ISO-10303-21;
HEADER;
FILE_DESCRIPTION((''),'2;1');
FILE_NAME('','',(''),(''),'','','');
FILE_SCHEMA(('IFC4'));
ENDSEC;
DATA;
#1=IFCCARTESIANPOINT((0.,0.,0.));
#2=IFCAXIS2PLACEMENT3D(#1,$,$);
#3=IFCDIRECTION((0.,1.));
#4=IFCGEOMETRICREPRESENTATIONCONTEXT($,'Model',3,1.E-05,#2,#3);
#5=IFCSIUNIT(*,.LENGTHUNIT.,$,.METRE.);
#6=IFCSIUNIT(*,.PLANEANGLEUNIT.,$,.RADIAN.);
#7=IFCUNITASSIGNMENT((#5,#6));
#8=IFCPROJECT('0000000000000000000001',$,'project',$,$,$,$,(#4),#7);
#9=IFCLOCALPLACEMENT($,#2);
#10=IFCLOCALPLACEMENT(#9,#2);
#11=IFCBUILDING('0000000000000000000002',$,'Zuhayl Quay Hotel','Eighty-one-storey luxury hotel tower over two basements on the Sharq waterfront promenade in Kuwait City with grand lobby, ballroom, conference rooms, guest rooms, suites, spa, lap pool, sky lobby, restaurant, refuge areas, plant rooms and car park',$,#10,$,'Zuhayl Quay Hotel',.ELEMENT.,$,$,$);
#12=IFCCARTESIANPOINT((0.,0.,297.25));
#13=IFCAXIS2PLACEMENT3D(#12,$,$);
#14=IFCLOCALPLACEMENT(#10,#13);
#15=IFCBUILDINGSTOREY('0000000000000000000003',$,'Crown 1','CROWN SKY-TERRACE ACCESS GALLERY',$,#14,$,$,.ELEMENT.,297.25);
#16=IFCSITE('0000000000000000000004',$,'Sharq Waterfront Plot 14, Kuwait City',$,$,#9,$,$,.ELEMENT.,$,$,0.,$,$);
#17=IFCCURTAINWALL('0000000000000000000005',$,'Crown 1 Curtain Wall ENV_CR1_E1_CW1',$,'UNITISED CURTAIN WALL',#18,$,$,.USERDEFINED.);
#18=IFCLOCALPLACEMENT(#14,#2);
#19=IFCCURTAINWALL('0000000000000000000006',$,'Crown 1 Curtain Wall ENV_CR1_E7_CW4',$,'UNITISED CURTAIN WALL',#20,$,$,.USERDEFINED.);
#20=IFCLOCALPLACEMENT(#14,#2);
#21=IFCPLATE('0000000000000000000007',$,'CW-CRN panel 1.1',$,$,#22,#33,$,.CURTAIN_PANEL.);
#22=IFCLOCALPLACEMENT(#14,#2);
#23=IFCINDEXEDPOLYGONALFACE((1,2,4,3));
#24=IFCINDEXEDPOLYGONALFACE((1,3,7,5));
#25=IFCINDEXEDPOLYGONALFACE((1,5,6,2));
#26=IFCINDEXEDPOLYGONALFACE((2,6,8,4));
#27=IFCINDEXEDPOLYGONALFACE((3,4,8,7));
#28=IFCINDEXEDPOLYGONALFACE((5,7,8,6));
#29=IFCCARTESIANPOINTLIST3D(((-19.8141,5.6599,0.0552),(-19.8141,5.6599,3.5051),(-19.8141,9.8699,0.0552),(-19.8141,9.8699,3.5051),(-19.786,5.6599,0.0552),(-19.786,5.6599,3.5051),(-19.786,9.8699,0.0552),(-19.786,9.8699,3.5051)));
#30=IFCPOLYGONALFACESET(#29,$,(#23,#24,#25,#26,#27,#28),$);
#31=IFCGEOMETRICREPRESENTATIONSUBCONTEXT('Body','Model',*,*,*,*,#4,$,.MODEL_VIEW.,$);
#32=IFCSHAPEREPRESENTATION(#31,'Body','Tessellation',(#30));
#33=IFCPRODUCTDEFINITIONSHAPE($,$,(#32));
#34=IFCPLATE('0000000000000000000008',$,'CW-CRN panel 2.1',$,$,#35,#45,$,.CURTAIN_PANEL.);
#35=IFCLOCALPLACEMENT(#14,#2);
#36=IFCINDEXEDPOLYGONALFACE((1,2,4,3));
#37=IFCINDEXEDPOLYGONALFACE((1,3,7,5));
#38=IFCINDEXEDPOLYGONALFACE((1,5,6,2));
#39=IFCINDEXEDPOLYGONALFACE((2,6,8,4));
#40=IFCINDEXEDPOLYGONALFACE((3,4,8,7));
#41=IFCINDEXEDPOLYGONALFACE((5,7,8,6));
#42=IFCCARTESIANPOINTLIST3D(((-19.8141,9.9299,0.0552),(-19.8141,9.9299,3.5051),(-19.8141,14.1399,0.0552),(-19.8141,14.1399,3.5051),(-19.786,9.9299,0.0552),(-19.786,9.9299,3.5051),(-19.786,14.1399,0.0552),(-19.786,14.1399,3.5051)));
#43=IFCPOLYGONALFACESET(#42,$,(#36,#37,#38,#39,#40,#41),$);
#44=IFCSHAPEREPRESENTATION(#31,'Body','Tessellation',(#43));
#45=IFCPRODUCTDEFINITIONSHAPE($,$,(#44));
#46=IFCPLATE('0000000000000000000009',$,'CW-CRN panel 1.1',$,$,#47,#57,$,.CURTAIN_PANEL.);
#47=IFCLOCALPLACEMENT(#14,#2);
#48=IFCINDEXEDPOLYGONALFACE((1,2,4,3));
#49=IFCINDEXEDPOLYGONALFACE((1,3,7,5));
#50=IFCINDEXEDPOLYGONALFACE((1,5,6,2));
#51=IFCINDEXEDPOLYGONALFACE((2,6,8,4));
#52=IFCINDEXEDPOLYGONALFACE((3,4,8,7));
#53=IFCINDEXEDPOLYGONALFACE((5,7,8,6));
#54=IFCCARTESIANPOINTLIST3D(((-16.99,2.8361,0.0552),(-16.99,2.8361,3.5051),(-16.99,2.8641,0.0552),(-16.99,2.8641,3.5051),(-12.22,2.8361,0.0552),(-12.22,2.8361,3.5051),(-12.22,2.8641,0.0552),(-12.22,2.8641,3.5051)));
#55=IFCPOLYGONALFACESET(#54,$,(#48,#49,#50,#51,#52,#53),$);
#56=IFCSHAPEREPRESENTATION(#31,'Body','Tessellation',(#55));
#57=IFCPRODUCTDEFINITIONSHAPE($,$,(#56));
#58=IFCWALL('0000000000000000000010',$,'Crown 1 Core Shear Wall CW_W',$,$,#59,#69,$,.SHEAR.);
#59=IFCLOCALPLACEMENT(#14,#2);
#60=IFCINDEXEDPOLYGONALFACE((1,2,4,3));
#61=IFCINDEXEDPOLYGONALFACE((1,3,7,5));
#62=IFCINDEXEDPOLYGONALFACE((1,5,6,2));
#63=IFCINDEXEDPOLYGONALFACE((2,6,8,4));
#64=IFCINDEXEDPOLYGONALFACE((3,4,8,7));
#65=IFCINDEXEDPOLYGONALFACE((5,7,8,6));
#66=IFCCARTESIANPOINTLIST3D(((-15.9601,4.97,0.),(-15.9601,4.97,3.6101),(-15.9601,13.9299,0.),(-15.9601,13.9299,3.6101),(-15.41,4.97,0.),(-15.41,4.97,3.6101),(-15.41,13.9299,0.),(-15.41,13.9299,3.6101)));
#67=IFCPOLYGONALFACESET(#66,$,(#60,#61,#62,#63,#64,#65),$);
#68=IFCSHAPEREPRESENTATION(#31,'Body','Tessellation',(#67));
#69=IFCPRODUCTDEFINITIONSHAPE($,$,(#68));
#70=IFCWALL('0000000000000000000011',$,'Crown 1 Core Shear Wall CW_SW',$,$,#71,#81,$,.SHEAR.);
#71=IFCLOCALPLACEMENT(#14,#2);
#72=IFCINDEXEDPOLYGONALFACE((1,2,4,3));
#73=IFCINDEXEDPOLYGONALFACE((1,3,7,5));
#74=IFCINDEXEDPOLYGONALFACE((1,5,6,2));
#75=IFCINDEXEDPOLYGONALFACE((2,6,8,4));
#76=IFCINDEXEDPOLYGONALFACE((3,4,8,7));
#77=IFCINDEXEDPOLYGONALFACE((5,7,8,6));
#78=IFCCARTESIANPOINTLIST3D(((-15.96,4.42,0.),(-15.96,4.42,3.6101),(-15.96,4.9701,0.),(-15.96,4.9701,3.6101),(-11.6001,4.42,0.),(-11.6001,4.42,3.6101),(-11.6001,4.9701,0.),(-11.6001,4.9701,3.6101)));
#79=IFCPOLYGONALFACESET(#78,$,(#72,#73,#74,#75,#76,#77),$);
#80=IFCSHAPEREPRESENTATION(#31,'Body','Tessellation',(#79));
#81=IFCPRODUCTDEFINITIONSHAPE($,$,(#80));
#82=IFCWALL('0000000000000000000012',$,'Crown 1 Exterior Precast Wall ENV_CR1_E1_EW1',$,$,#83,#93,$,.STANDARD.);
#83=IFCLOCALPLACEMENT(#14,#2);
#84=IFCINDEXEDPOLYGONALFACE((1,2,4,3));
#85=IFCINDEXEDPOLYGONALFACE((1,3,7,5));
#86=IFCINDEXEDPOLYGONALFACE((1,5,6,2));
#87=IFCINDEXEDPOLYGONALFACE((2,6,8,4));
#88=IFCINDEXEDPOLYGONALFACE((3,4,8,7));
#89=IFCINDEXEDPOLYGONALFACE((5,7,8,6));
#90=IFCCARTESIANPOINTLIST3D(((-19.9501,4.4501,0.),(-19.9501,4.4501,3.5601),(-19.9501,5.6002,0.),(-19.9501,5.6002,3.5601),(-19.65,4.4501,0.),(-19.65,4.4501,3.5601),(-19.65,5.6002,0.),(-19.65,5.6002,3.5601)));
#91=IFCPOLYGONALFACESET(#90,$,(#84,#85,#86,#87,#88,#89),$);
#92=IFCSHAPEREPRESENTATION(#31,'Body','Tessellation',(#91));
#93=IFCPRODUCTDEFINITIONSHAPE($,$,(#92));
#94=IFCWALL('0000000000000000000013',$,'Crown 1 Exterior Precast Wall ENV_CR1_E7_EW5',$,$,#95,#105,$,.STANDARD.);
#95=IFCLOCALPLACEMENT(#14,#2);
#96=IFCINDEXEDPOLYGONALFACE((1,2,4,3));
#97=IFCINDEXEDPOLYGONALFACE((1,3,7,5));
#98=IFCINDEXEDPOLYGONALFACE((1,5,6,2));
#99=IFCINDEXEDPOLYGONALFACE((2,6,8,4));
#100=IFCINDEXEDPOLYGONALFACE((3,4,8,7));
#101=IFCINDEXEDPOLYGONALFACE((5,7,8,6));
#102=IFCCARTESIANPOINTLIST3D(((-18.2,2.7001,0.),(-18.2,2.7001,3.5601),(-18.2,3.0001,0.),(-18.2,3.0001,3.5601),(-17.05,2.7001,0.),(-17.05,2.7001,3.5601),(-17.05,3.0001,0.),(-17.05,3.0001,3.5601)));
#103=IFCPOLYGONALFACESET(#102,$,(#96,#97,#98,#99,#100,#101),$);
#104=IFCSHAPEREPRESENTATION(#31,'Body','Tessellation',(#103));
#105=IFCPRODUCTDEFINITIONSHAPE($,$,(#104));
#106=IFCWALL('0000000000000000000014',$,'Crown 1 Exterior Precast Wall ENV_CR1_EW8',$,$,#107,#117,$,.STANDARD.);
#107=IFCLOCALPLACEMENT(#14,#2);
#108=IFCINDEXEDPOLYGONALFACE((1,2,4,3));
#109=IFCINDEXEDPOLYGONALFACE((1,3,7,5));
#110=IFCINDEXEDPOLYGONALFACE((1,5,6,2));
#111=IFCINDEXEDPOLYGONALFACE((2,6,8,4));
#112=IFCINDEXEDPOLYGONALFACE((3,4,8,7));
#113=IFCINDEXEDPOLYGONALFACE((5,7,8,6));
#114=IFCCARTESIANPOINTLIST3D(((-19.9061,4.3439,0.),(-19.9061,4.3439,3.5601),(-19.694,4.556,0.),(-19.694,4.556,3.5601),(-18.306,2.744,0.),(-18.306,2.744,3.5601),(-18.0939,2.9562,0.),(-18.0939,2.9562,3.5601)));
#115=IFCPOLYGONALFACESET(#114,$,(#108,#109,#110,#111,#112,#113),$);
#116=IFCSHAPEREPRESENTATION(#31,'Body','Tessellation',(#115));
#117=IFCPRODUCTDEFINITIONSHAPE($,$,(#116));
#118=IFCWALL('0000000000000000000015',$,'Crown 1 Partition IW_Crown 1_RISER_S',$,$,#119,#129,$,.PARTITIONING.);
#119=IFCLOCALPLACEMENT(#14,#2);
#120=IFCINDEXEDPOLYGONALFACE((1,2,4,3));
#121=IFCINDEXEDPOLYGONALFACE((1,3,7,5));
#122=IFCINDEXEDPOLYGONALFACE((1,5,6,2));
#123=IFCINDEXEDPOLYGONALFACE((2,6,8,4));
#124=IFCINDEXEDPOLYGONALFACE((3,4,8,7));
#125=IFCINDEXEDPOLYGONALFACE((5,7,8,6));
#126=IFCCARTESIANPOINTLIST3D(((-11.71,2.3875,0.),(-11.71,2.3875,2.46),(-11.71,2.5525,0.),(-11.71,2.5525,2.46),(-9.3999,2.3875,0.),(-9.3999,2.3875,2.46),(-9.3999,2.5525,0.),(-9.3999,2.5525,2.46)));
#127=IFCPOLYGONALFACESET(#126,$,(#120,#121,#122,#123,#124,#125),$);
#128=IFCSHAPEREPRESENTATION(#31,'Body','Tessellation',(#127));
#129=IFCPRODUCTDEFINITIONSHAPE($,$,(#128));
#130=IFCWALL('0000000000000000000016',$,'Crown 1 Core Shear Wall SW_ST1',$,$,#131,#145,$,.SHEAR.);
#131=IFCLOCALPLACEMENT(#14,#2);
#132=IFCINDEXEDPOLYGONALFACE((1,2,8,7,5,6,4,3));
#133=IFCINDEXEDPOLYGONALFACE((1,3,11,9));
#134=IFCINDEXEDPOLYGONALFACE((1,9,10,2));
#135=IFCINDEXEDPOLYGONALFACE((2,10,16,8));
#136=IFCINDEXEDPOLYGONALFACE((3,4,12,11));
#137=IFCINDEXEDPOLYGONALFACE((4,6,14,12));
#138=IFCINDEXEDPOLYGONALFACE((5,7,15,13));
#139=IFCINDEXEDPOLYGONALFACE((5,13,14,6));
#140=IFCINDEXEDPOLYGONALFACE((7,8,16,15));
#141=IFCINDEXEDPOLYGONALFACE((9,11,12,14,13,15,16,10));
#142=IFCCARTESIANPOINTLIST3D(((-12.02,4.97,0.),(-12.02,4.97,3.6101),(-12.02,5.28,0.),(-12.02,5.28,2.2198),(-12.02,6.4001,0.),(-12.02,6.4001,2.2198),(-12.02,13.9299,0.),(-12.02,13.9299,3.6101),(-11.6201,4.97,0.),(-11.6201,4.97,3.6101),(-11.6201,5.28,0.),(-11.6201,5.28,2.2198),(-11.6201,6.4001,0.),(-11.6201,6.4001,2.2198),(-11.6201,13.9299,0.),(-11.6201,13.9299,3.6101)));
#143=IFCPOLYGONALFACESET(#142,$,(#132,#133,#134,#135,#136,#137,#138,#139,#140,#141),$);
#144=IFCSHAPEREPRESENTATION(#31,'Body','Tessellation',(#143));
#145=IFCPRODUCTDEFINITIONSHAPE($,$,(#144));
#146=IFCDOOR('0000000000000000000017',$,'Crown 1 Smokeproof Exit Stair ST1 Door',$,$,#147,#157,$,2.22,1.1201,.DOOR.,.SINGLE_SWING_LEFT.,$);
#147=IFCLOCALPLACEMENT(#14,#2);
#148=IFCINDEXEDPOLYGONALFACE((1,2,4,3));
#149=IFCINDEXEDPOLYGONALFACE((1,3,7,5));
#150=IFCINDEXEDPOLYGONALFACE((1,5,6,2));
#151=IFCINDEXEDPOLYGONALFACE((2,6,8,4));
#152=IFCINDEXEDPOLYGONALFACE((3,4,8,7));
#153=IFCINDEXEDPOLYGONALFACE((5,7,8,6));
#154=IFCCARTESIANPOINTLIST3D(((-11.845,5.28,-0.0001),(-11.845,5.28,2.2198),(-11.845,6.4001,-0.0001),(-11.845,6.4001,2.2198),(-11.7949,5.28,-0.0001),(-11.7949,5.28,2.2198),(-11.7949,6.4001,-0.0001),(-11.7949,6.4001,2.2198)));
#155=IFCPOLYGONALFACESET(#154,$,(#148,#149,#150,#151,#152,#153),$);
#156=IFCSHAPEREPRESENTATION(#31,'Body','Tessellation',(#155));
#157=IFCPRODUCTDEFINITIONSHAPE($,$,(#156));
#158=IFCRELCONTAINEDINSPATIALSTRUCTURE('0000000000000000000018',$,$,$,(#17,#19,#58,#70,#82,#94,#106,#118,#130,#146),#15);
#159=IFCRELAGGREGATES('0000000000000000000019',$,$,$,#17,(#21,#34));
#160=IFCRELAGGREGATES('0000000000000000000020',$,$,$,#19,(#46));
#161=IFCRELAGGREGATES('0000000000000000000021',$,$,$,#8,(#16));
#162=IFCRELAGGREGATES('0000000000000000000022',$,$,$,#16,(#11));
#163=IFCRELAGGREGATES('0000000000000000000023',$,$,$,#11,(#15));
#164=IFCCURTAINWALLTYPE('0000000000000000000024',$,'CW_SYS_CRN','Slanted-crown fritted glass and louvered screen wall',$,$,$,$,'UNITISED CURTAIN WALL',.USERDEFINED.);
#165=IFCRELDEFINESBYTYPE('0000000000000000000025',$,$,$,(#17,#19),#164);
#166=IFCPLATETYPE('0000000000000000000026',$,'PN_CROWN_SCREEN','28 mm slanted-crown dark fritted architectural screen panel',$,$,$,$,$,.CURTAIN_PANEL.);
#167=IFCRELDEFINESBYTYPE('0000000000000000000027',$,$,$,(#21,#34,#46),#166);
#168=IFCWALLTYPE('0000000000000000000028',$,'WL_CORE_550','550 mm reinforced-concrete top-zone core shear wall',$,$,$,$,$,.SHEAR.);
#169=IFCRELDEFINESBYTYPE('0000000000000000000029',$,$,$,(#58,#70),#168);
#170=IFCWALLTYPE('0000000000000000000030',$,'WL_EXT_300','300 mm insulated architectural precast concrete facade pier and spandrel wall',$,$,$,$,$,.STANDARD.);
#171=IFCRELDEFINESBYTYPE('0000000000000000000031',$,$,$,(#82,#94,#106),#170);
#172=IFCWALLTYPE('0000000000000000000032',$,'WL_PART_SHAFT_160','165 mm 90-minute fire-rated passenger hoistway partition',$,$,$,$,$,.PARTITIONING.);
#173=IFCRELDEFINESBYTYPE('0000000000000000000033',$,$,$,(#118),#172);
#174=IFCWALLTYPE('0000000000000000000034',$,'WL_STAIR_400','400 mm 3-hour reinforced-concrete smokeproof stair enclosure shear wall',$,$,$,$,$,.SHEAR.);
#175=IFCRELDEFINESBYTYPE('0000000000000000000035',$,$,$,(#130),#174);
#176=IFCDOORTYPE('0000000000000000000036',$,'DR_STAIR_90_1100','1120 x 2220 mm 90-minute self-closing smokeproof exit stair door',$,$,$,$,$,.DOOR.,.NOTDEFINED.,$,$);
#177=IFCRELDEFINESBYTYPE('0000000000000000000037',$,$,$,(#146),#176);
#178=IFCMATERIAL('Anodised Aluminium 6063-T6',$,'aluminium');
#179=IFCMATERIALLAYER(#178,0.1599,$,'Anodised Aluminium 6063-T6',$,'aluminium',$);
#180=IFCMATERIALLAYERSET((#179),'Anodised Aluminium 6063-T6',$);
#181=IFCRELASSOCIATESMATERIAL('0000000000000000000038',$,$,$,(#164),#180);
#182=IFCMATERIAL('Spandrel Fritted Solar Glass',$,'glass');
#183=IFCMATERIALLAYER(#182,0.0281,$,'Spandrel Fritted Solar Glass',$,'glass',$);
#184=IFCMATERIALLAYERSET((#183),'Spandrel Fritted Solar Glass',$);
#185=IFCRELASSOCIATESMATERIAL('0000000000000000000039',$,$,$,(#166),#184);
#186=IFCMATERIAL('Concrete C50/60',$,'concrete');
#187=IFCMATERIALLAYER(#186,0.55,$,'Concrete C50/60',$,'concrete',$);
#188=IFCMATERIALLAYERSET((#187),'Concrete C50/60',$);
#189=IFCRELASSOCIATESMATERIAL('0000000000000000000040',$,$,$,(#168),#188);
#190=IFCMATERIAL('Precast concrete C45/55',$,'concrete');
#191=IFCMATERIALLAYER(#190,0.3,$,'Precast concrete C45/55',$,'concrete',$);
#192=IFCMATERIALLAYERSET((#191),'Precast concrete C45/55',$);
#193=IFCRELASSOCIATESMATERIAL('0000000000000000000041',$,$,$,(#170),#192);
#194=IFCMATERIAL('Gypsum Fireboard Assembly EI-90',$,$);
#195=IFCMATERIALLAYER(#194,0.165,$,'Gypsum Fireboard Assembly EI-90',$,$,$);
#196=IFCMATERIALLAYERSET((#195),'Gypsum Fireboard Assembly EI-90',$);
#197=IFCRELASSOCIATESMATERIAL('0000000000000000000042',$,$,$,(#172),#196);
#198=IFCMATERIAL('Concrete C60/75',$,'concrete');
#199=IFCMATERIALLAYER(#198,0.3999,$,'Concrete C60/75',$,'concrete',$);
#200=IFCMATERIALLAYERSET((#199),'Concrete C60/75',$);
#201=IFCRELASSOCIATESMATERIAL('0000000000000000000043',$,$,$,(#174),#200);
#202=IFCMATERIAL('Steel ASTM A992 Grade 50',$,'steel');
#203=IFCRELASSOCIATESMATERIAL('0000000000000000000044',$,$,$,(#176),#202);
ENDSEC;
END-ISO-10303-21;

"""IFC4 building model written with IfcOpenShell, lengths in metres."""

from ifc_helpers import new_model, si_unit, direction, frame, frame_2d, origin, origin_2d, place, context, subcontext, project, spatial, rectangle, extrude, material, layer, layer_set, type_object, element, fill, aggregate, save


model = new_model("IFC4")

# Units and contexts
model_context = context("Model", 3, precision=1e-05, world=origin(), true_north=direction((0.0, 1.0)))
body_context = subcontext(model_context, "Body", "Model", "MODEL_VIEW")
ifc_project = project(units=[si_unit("LENGTHUNIT", "METRE"), si_unit("PLANEANGLEUNIT", "RADIAN")], contexts=[model_context])

# Site, building, storey
site_placement = place(None, origin())
site = spatial("IfcSite", under=ifc_project, at=site_placement, Name="Sharq Waterfront Plot 14, Kuwait City", CompositionType="ELEMENT", RefElevation=0.0)
building_placement = place(site_placement, origin())
building = spatial("IfcBuilding", under=site, at=building_placement, Name="Zuhayl Quay Hotel", Description="Eighty-one-storey luxury hotel tower over two basements on the Sharq waterfront promenade in Kuwait City with grand lobby, ballroom, conference rooms, guest rooms, suites, spa, lap pool, sky lobby, restaurant, refuge areas, plant rooms and car park", LongName="Zuhayl Quay Hotel", CompositionType="ELEMENT")
storey_placement = place(building_placement, frame((0.0, 0.0, 297.25)))
storey = spatial("IfcBuildingStorey", under=building, at=storey_placement, Name="Crown 1", Description="CROWN SKY-TERRACE ACCESS GALLERY", CompositionType="ELEMENT", Elevation=297.25)

# Shared definitions
ifc_material_1 = material(Name="Concrete C60/75", Category="concrete")

# Curtain walls
ifc_material_2 = material(Name="Anodised Aluminium 6063-T6", Category="aluminium")
ifc_layer_1 = layer(ifc_material_2, 0.1599, Name="Anodised Aluminium 6063-T6", Category="aluminium")
ifc_layer_set_1 = layer_set([ifc_layer_1], Name="Anodised Aluminium 6063-T6")
curtain_wall_type = type_object("IfcCurtainWallType", Name="CW_SYS_CRN", Description="Slanted-crown fritted glass and louvered screen wall", ElementType="UNITISED CURTAIN WALL", PredefinedType="USERDEFINED", material=ifc_layer_set_1)
curtain_wall_1_placement = place(storey_placement, origin())
curtain_wall_1 = element("IfcCurtainWall", 1, at=curtain_wall_1_placement, inside=storey, type_object=curtain_wall_type, Name="Crown 1 Curtain Wall ENV_CR1_E1_CW1", ObjectType="UNITISED CURTAIN WALL", PredefinedType="USERDEFINED")
curtain_wall_2_placement = place(storey_placement, origin())
curtain_wall_2 = element("IfcCurtainWall", 2, at=curtain_wall_2_placement, inside=storey, type_object=curtain_wall_type, Name="Crown 1 Curtain Wall ENV_CR1_E7_CW4", ObjectType="UNITISED CURTAIN WALL", PredefinedType="USERDEFINED")

# Plates
ifc_material_3 = material(Name="Spandrel Fritted Solar Glass", Category="glass")
ifc_layer_2 = layer(ifc_material_3, 0.0281, Name="Spandrel Fritted Solar Glass", Category="glass")
ifc_layer_set_2 = layer_set([ifc_layer_2], Name="Spandrel Fritted Solar Glass")
plate_type = type_object("IfcPlateType", Name="PN_CROWN_SCREEN", Description="28 mm slanted-crown dark fritted architectural screen panel", PredefinedType="CURTAIN_PANEL", material=ifc_layer_set_2)
plate_1_placement = place(storey_placement, frame((-19.8, 7.7649, 0.0552), z_axis=(0.0, 0.0, 1.0), x_axis=(0.0, 1.0, 0.0)))
plate_1 = element("IfcPlate", 3, at=plate_1_placement, type_object=plate_type, Name="CW-CRN panel 1.1", PredefinedType="CURTAIN_PANEL", context=body_context, shape_type="SweptSolid", body=[
    extrude(rectangle(XDim=4.21, YDim=0.0281, at=origin_2d()), origin(), (0.0, 0.0, 1.0), 3.45),
])
plate_2_placement = place(storey_placement, frame((-19.8, 12.0349, 0.0552), z_axis=(0.0, 0.0, 1.0), x_axis=(0.0, 1.0, 0.0)))
plate_2 = element("IfcPlate", 4, at=plate_2_placement, type_object=plate_type, Name="CW-CRN panel 2.1", PredefinedType="CURTAIN_PANEL", context=body_context, shape_type="SweptSolid", body=[
    extrude(rectangle(XDim=4.21, YDim=0.0281, at=origin_2d()), origin(), (0.0, 0.0, 1.0), 3.45),
])
aggregate(curtain_wall_1, [plate_1, plate_2])
plate_3_placement = place(storey_placement, frame((-14.605, 2.8501, 0.0552), z_axis=(0.0, 0.0, 1.0), x_axis=(-1.0, 0.0, 0.0)))
plate_3 = element("IfcPlate", 5, at=plate_3_placement, type_object=plate_type, Name="CW-CRN panel 1.1", PredefinedType="CURTAIN_PANEL", context=body_context, shape_type="SweptSolid", body=[
    extrude(rectangle(XDim=4.77, YDim=0.0281, at=origin_2d()), origin(), (0.0, 0.0, 1.0), 3.45),
])
aggregate(curtain_wall_2, [plate_3])

# Walls
ifc_material_4 = material(Name="Concrete C50/60", Category="concrete")
ifc_layer_3 = layer(ifc_material_4, 0.55, Name="Concrete C50/60", Category="concrete")
ifc_layer_set_3 = layer_set([ifc_layer_3], Name="Concrete C50/60")
wall_type_1 = type_object("IfcWallType", Name="WL_CORE_550", Description="550 mm reinforced-concrete top-zone core shear wall", PredefinedType="SHEAR", material=ifc_layer_set_3)
wall_1_placement = place(storey_placement, frame((-15.6851, 4.97, 0.0), z_axis=(0.0, 0.0, 1.0), x_axis=(0.0, 1.0, 0.0)))
element("IfcWall", 6, at=wall_1_placement, inside=storey, type_object=wall_type_1, Name="Crown 1 Core Shear Wall CW_W", PredefinedType="SHEAR", context=body_context, shape_type="SweptSolid", body=[
    extrude(rectangle(XDim=8.96, YDim=0.55, at=frame_2d((4.48, 0.0))), origin(), (0.0, 0.0, 1.0), 3.6101),
])
wall_2_placement = place(storey_placement, frame((-15.96, 4.6951, 0.0), z_axis=(0.0, 0.0, 1.0), x_axis=(1.0, 0.0, 0.0)))
element("IfcWall", 7, at=wall_2_placement, inside=storey, type_object=wall_type_1, Name="Crown 1 Core Shear Wall CW_SW", PredefinedType="SHEAR", context=body_context, shape_type="SweptSolid", body=[
    extrude(rectangle(XDim=4.3599, YDim=0.55, at=frame_2d((2.1799, 0.0))), origin(), (0.0, 0.0, 1.0), 3.6101),
])
ifc_material_5 = material(Name="Precast concrete C45/55", Category="concrete")
ifc_layer_4 = layer(ifc_material_5, 0.3, Name="Precast concrete C45/55", Category="concrete")
ifc_layer_set_4 = layer_set([ifc_layer_4], Name="Precast concrete C45/55")
wall_type_2 = type_object("IfcWallType", Name="WL_EXT_300", Description="300 mm insulated architectural precast concrete facade pier and spandrel wall", PredefinedType="STANDARD", material=ifc_layer_set_4)
wall_3_placement = place(storey_placement, frame((-19.8, 4.45, 0.0), z_axis=(0.0, 0.0, 1.0), x_axis=(0.0, 1.0, 0.0)))
element("IfcWall", 8, at=wall_3_placement, inside=storey, type_object=wall_type_2, Name="Crown 1 Exterior Precast Wall ENV_CR1_E1_EW1", PredefinedType="STANDARD", context=body_context, shape_type="SweptSolid", body=[
    extrude(rectangle(XDim=1.1501, YDim=0.3, at=frame_2d((0.5752, 0.0))), origin(), (0.0, 0.0, 1.0), 3.5601),
])
wall_4_placement = place(storey_placement, frame((-17.05, 2.8501, 0.0), z_axis=(0.0, 0.0, 1.0), x_axis=(-1.0, 0.0, 0.0)))
element("IfcWall", 9, at=wall_4_placement, inside=storey, type_object=wall_type_2, Name="Crown 1 Exterior Precast Wall ENV_CR1_E7_EW5", PredefinedType="STANDARD", context=body_context, shape_type="SweptSolid", body=[
    extrude(rectangle(XDim=1.1499, YDim=0.3, at=frame_2d((0.575, 0.0))), origin(), (0.0, 0.0, 1.0), 3.5601),
])
wall_5_placement = place(storey_placement, frame((-18.2, 2.8501, 0.0), z_axis=(0.0, 0.0, 1.0), x_axis=(-0.707161, 0.707053, 0.0)))
element("IfcWall", 10, at=wall_5_placement, inside=storey, type_object=wall_type_2, Name="Crown 1 Exterior Precast Wall ENV_CR1_EW8", PredefinedType="STANDARD", context=body_context, shape_type="SweptSolid", body=[
    extrude(rectangle(XDim=2.2627, YDim=0.3, at=frame_2d((1.1313, 0.0))), origin(), (0.0, 0.0, 1.0), 3.5601),
])
ifc_material_6 = material(Name="Gypsum Fireboard Assembly EI-90")
ifc_layer_5 = layer(ifc_material_6, 0.165, Name="Gypsum Fireboard Assembly EI-90")
ifc_layer_set_5 = layer_set([ifc_layer_5], Name="Gypsum Fireboard Assembly EI-90")
wall_type_3 = type_object("IfcWallType", Name="WL_PART_SHAFT_160", Description="165 mm 90-minute fire-rated passenger hoistway partition", PredefinedType="PARTITIONING", material=ifc_layer_set_5)
wall_6_placement = place(storey_placement, frame((-11.71, 2.47, 0.0), z_axis=(0.0, 0.0, 1.0), x_axis=(1.0, 0.0, 0.0)))
element("IfcWall", 11, at=wall_6_placement, inside=storey, type_object=wall_type_3, Name="Crown 1 Partition IW_Crown 1_RISER_S", PredefinedType="PARTITIONING", context=body_context, shape_type="SweptSolid", body=[
    extrude(rectangle(XDim=2.3101, YDim=0.165, at=frame_2d((1.155, 0.0))), origin(), (0.0, 0.0, 1.0), 2.46),
])

# Wall, opening, door
ifc_layer_6 = layer(ifc_material_1, 0.3999, Name="Concrete C60/75", Category="concrete")
ifc_layer_set_6 = layer_set([ifc_layer_6], Name="Concrete C60/75")
wall_type_4 = type_object("IfcWallType", Name="WL_STAIR_400", Description="400 mm 3-hour reinforced-concrete smokeproof stair enclosure shear wall", PredefinedType="SHEAR", material=ifc_layer_set_6)
wall_7_placement = place(storey_placement, frame((-11.8201, 4.97, 0.0), z_axis=(0.0, 0.0, 1.0), x_axis=(0.0, 1.0, 0.0)))
wall_7 = element("IfcWall", 12, at=wall_7_placement, inside=storey, type_object=wall_type_4, Name="Crown 1 Core Shear Wall SW_ST1", PredefinedType="SHEAR", context=body_context, shape_type="SweptSolid", body=[
    extrude(rectangle(XDim=8.96, YDim=0.3999, at=frame_2d((4.48, 0.0))), origin(), (0.0, 0.0, 1.0), 3.6101),
])
opening_placement = place(wall_7_placement, frame((0.3101, 0.0, 0.0)))
opening = element("IfcOpeningElement", 13, at=opening_placement, cuts=wall_7, PredefinedType="OPENING", context=body_context, shape_type="SweptSolid", body=[
    extrude(rectangle(XDim=1.1201, YDim=2.22, at=frame_2d((0.5601, 1.1099))), frame((0.0, 0.21, 0.0), z_axis=(0.0, -1.0, 0.0), x_axis=(1.0, 0.0, 0.0)), (0.0, 0.0, 1.0), 0.4199),
])
ifc_material_7 = material(Name="Steel ASTM A992 Grade 50", Category="steel")
door_type = type_object("IfcDoorType", Name="DR_STAIR_90_1100", Description="1120 x 2220 mm 90-minute self-closing smokeproof exit stair door", OperationType="NOTDEFINED", PredefinedType="DOOR", material=ifc_material_7)
door_placement = place(opening_placement, origin())
door = element("IfcDoor", 14, at=door_placement, inside=storey, type_object=door_type, Name="Crown 1 Smokeproof Exit Stair ST1 Door", OperationType="SINGLE_SWING_LEFT", OverallHeight=2.22, OverallWidth=1.1201, PredefinedType="DOOR", context=body_context, shape_type="SweptSolid", body=[
    extrude(rectangle(XDim=1.1201, YDim=2.22, at=frame_2d((0.5601, 1.1099))), frame((0.0, 0.0249, 0.0), z_axis=(0.0, -1.0, 0.0), x_axis=(1.0, 0.0, 0.0)), (0.0, 0.0, 1.0), 0.05),
])
fill(opening, door)

save(model, "model.ifc")
